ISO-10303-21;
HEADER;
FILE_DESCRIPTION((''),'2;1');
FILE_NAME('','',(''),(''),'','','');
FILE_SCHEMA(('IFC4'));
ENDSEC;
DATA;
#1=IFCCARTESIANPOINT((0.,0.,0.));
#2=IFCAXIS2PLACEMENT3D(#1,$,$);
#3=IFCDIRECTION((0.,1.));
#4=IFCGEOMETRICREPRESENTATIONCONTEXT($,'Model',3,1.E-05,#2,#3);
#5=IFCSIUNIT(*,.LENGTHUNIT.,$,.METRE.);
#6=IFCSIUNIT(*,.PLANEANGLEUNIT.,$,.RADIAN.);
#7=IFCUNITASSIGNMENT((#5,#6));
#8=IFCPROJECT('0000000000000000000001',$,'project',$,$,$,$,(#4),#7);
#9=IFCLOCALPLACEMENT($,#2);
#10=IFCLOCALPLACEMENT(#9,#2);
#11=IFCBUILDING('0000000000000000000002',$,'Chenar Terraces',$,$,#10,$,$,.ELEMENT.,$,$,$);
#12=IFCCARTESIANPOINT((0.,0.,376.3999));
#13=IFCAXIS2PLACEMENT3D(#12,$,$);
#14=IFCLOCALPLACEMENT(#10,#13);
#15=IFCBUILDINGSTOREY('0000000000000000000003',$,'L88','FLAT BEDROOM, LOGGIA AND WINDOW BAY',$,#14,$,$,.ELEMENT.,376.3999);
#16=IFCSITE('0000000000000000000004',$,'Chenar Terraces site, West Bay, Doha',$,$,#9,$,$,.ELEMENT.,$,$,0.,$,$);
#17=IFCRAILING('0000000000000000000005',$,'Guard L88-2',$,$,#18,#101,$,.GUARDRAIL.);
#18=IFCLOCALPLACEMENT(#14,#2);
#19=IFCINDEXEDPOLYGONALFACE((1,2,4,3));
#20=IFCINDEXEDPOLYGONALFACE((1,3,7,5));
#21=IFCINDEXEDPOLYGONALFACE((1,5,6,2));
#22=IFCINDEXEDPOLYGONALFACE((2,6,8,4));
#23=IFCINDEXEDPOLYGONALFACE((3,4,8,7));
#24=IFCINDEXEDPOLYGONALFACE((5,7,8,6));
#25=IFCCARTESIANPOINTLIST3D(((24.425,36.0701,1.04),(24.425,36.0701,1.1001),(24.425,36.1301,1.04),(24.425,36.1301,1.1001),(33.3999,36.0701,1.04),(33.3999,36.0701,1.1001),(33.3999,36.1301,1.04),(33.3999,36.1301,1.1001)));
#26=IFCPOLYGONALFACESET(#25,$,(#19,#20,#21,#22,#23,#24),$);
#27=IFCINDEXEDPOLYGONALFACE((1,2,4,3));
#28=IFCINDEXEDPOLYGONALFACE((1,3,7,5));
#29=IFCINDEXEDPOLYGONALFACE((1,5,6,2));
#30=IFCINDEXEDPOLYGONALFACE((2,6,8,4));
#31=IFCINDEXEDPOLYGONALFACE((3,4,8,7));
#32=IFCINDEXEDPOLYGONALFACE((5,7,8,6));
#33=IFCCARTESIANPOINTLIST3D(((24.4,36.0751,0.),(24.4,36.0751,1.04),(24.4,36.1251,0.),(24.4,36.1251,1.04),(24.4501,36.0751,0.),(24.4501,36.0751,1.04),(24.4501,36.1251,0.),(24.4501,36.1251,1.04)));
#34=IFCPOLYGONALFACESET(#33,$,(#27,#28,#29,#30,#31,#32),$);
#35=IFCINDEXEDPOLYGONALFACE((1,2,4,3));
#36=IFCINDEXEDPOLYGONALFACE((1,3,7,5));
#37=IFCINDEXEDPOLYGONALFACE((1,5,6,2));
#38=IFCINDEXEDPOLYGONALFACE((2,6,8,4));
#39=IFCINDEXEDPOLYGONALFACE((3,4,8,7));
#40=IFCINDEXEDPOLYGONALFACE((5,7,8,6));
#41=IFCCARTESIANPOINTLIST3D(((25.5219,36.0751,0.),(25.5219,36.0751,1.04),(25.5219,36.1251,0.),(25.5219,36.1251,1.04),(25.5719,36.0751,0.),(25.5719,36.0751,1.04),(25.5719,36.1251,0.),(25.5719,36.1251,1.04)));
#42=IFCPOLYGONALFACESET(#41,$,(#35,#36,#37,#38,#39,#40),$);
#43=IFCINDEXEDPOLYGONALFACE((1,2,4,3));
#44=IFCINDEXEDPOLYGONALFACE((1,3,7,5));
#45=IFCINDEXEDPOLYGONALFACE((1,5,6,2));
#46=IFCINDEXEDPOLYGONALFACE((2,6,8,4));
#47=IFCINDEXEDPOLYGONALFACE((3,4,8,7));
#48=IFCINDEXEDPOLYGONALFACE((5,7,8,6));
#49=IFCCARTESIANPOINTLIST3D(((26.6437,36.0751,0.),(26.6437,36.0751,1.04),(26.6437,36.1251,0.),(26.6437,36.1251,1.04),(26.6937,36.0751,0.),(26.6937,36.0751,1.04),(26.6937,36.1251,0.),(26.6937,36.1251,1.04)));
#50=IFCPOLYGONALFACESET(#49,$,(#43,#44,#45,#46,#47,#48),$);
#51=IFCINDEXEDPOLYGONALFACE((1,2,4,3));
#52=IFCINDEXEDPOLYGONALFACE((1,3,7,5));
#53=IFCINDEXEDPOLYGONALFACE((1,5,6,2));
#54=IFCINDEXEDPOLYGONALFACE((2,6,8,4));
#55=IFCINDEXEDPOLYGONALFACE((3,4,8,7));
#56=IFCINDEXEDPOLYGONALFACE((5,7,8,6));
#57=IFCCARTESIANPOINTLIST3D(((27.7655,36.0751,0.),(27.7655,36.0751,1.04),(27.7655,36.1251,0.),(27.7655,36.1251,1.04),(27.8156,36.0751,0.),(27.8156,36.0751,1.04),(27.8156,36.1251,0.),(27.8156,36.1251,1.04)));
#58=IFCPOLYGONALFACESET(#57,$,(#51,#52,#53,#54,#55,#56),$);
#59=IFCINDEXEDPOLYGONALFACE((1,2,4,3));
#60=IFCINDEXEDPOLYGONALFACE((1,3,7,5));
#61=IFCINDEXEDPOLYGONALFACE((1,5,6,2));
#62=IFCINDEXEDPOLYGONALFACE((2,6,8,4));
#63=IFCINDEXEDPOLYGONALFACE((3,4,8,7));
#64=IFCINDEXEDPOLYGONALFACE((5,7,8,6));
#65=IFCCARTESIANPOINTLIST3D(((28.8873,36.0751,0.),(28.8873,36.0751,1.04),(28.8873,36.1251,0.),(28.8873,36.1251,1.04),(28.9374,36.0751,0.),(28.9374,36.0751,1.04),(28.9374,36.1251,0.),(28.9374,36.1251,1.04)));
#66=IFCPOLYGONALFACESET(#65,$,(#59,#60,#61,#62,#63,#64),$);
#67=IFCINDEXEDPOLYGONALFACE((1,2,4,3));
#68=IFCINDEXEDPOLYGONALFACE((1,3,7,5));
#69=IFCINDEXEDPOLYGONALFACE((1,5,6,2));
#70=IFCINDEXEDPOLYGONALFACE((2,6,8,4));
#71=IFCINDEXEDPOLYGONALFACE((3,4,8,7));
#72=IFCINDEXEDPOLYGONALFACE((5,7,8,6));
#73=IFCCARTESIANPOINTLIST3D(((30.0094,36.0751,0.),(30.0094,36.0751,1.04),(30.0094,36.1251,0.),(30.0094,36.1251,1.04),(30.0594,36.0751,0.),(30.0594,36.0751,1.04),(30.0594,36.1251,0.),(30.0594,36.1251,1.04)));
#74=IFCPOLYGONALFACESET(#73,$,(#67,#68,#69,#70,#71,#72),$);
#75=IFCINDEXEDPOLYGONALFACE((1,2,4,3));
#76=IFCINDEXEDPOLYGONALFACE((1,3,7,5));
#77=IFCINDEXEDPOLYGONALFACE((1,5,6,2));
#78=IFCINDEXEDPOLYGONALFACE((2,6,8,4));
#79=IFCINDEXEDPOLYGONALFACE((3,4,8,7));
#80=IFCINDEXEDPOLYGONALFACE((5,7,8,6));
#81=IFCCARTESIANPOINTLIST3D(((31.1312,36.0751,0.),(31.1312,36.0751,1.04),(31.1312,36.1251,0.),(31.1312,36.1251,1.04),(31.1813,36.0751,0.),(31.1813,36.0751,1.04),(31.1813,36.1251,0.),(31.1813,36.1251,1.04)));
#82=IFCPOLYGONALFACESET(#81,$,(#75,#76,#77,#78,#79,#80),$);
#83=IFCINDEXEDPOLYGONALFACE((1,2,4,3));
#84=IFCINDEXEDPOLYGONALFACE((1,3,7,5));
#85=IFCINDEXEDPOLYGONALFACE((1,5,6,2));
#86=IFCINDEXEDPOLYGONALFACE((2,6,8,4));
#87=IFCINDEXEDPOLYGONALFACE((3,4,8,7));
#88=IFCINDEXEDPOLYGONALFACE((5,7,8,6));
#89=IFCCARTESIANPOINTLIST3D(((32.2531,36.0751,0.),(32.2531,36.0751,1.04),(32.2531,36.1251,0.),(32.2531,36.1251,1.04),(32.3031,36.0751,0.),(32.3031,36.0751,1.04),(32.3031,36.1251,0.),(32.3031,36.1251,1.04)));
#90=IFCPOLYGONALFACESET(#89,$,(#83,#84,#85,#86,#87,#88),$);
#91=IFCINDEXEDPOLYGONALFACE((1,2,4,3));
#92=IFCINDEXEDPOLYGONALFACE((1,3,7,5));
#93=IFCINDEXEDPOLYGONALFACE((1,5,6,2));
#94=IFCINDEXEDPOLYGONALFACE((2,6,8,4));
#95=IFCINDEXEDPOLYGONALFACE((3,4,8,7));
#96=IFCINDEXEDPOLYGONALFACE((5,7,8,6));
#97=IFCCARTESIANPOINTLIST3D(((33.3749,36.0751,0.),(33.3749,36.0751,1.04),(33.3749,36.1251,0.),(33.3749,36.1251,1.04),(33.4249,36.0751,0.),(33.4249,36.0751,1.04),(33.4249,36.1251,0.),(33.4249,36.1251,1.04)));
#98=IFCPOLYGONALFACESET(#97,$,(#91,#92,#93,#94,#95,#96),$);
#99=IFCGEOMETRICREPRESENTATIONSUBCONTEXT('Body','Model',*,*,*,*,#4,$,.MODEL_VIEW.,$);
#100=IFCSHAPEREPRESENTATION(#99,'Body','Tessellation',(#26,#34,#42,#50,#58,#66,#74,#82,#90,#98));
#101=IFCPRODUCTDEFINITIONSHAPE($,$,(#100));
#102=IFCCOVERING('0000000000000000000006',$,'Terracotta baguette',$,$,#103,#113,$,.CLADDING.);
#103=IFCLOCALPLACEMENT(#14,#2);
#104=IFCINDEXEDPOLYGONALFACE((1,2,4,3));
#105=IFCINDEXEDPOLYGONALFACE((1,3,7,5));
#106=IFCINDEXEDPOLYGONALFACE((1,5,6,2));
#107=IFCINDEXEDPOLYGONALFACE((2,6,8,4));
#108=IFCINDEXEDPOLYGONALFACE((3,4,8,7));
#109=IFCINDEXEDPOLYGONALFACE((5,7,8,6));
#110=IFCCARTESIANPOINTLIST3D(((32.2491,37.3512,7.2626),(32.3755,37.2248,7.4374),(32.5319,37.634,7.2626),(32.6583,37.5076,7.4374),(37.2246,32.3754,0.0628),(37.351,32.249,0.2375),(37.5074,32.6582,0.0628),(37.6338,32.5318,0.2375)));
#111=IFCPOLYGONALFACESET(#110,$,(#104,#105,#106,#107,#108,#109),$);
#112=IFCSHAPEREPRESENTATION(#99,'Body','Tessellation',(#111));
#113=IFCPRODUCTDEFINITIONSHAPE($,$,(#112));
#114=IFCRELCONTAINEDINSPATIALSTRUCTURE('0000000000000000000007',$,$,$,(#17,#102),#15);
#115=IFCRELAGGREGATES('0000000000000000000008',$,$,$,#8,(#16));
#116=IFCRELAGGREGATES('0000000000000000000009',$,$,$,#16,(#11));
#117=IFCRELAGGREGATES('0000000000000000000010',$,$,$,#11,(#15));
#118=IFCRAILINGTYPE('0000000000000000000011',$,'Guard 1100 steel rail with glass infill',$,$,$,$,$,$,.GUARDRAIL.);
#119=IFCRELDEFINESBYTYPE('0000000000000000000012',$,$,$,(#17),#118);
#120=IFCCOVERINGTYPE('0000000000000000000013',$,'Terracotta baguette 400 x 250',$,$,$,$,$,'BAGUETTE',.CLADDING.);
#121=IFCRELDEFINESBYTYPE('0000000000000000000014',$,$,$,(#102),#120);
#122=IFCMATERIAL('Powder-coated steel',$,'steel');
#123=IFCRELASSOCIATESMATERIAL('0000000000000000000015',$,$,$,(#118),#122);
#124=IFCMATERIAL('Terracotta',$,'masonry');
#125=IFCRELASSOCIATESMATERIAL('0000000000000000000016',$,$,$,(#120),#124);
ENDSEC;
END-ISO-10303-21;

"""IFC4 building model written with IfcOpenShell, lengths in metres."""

from ifc_helpers import new_model, si_unit, direction, frame, origin, origin_2d, place, context, subcontext, project, spatial, rectangle, extrude, material, material_profile, profile_set, type_object, element, save


model = new_model("IFC4")

# Units and contexts
model_context = context("Model", 3, precision=1e-05, world=origin(), true_north=direction((0.0, 1.0)))
body_context = subcontext(model_context, "Body", "Model", "MODEL_VIEW")
ifc_project = project(units=[si_unit("LENGTHUNIT", "METRE"), si_unit("PLANEANGLEUNIT", "RADIAN")], contexts=[model_context])

# Site, building, storey
site_placement = place(None, origin())
site = spatial("IfcSite", under=ifc_project, at=site_placement, Name="Chenar Terraces site, West Bay, Doha", CompositionType="ELEMENT", RefElevation=0.0)
building_placement = place(site_placement, origin())
building = spatial("IfcBuilding", under=site, at=building_placement, Name="Chenar Terraces", CompositionType="ELEMENT")
storey_placement = place(building_placement, frame((0.0, 0.0, 376.3999)))
storey = spatial("IfcBuildingStorey", under=building, at=storey_placement, Name="L88", Description="FLAT BEDROOM, LOGGIA AND WINDOW BAY", CompositionType="ELEMENT", Elevation=376.3999)

# Railing
ifc_material_1 = material(Name="Powder-coated steel", Category="steel")
railing_type = type_object("IfcRailingType", Name="Guard 1100 steel rail with glass infill", PredefinedType="GUARDRAIL", material=ifc_material_1)
railing_placement = place(storey_placement, frame((24.425, 36.1001, 0.0)))
element("IfcRailing", 1, at=railing_placement, inside=storey, type_object=railing_type, Name="Guard L88-2", PredefinedType="GUARDRAIL", context=body_context, shape_type="SweptSolid", body=[
    extrude(rectangle(XDim=0.0601, YDim=0.0601, at=origin_2d()), frame((0.0, 0.0, 1.0701), z_axis=(1.0, 0.0, 0.0), x_axis=(0.0, 1.0, 0.0)), (0.0, 0.0, 1.0), 8.9749),
    extrude(rectangle(XDim=0.05, YDim=0.05, at=origin_2d()), origin(), (0.0, 0.0, 1.0), 1.04),
    extrude(rectangle(XDim=0.05, YDim=0.05, at=origin_2d()), frame((1.1218, 0.0, 0.0)), (0.0, 0.0, 1.0), 1.04),
    extrude(rectangle(XDim=0.05, YDim=0.05, at=origin_2d()), frame((2.2437, 0.0, 0.0)), (0.0, 0.0, 1.0), 1.04),
    extrude(rectangle(XDim=0.05, YDim=0.05, at=origin_2d()), frame((3.3655, 0.0, 0.0)), (0.0, 0.0, 1.0), 1.04),
    extrude(rectangle(XDim=0.05, YDim=0.05, at=origin_2d()), frame((4.4873, 0.0, 0.0)), (0.0, 0.0, 1.0), 1.04),
    extrude(rectangle(XDim=0.05, YDim=0.05, at=origin_2d()), frame((5.6094, 0.0, 0.0)), (0.0, 0.0, 1.0), 1.04),
    extrude(rectangle(XDim=0.05, YDim=0.05, at=origin_2d()), frame((6.7312, 0.0, 0.0)), (0.0, 0.0, 1.0), 1.04),
    extrude(rectangle(XDim=0.05, YDim=0.05, at=origin_2d()), frame((7.853, 0.0, 0.0)), (0.0, 0.0, 1.0), 1.04),
    extrude(rectangle(XDim=0.05, YDim=0.05, at=origin_2d()), frame((8.9749, 0.0, 0.0)), (0.0, 0.0, 1.0), 1.04),
])

# Covering
ifc_material_2 = material(Name="Terracotta", Category="masonry")
ifc_material_profile_1 = material_profile(ifc_material_2, rectangle(XDim=0.3999, YDim=0.25, at=origin_2d()), Name="Terracotta baguette 400 x 250")
ifc_profile_set_1 = profile_set([ifc_material_profile_1], Name="Terracotta")
covering_type = type_object("IfcCoveringType", Name="Terracotta baguette 400 x 250", ElementType="BAGUETTE", PredefinedType="CLADDING", material=ifc_profile_set_1)
covering_placement = place(storey_placement, frame((37.4292, 32.4536, 0.1501), z_axis=(-0.494222, 0.494247, 0.715167), x_axis=(-0.707124, -0.707089, 0.0)))
element("IfcCovering", 2, at=covering_placement, inside=storey, type_object=covering_type, Name="Terracotta baguette", PredefinedType="CLADDING", context=body_context, shape_type="SweptSolid", body=[
    extrude(rectangle(XDim=0.3999, YDim=0.25, at=origin_2d()), origin(), (0.0, 0.0, 1.0), 10.0674),
])

save(model, "model.ifc")
